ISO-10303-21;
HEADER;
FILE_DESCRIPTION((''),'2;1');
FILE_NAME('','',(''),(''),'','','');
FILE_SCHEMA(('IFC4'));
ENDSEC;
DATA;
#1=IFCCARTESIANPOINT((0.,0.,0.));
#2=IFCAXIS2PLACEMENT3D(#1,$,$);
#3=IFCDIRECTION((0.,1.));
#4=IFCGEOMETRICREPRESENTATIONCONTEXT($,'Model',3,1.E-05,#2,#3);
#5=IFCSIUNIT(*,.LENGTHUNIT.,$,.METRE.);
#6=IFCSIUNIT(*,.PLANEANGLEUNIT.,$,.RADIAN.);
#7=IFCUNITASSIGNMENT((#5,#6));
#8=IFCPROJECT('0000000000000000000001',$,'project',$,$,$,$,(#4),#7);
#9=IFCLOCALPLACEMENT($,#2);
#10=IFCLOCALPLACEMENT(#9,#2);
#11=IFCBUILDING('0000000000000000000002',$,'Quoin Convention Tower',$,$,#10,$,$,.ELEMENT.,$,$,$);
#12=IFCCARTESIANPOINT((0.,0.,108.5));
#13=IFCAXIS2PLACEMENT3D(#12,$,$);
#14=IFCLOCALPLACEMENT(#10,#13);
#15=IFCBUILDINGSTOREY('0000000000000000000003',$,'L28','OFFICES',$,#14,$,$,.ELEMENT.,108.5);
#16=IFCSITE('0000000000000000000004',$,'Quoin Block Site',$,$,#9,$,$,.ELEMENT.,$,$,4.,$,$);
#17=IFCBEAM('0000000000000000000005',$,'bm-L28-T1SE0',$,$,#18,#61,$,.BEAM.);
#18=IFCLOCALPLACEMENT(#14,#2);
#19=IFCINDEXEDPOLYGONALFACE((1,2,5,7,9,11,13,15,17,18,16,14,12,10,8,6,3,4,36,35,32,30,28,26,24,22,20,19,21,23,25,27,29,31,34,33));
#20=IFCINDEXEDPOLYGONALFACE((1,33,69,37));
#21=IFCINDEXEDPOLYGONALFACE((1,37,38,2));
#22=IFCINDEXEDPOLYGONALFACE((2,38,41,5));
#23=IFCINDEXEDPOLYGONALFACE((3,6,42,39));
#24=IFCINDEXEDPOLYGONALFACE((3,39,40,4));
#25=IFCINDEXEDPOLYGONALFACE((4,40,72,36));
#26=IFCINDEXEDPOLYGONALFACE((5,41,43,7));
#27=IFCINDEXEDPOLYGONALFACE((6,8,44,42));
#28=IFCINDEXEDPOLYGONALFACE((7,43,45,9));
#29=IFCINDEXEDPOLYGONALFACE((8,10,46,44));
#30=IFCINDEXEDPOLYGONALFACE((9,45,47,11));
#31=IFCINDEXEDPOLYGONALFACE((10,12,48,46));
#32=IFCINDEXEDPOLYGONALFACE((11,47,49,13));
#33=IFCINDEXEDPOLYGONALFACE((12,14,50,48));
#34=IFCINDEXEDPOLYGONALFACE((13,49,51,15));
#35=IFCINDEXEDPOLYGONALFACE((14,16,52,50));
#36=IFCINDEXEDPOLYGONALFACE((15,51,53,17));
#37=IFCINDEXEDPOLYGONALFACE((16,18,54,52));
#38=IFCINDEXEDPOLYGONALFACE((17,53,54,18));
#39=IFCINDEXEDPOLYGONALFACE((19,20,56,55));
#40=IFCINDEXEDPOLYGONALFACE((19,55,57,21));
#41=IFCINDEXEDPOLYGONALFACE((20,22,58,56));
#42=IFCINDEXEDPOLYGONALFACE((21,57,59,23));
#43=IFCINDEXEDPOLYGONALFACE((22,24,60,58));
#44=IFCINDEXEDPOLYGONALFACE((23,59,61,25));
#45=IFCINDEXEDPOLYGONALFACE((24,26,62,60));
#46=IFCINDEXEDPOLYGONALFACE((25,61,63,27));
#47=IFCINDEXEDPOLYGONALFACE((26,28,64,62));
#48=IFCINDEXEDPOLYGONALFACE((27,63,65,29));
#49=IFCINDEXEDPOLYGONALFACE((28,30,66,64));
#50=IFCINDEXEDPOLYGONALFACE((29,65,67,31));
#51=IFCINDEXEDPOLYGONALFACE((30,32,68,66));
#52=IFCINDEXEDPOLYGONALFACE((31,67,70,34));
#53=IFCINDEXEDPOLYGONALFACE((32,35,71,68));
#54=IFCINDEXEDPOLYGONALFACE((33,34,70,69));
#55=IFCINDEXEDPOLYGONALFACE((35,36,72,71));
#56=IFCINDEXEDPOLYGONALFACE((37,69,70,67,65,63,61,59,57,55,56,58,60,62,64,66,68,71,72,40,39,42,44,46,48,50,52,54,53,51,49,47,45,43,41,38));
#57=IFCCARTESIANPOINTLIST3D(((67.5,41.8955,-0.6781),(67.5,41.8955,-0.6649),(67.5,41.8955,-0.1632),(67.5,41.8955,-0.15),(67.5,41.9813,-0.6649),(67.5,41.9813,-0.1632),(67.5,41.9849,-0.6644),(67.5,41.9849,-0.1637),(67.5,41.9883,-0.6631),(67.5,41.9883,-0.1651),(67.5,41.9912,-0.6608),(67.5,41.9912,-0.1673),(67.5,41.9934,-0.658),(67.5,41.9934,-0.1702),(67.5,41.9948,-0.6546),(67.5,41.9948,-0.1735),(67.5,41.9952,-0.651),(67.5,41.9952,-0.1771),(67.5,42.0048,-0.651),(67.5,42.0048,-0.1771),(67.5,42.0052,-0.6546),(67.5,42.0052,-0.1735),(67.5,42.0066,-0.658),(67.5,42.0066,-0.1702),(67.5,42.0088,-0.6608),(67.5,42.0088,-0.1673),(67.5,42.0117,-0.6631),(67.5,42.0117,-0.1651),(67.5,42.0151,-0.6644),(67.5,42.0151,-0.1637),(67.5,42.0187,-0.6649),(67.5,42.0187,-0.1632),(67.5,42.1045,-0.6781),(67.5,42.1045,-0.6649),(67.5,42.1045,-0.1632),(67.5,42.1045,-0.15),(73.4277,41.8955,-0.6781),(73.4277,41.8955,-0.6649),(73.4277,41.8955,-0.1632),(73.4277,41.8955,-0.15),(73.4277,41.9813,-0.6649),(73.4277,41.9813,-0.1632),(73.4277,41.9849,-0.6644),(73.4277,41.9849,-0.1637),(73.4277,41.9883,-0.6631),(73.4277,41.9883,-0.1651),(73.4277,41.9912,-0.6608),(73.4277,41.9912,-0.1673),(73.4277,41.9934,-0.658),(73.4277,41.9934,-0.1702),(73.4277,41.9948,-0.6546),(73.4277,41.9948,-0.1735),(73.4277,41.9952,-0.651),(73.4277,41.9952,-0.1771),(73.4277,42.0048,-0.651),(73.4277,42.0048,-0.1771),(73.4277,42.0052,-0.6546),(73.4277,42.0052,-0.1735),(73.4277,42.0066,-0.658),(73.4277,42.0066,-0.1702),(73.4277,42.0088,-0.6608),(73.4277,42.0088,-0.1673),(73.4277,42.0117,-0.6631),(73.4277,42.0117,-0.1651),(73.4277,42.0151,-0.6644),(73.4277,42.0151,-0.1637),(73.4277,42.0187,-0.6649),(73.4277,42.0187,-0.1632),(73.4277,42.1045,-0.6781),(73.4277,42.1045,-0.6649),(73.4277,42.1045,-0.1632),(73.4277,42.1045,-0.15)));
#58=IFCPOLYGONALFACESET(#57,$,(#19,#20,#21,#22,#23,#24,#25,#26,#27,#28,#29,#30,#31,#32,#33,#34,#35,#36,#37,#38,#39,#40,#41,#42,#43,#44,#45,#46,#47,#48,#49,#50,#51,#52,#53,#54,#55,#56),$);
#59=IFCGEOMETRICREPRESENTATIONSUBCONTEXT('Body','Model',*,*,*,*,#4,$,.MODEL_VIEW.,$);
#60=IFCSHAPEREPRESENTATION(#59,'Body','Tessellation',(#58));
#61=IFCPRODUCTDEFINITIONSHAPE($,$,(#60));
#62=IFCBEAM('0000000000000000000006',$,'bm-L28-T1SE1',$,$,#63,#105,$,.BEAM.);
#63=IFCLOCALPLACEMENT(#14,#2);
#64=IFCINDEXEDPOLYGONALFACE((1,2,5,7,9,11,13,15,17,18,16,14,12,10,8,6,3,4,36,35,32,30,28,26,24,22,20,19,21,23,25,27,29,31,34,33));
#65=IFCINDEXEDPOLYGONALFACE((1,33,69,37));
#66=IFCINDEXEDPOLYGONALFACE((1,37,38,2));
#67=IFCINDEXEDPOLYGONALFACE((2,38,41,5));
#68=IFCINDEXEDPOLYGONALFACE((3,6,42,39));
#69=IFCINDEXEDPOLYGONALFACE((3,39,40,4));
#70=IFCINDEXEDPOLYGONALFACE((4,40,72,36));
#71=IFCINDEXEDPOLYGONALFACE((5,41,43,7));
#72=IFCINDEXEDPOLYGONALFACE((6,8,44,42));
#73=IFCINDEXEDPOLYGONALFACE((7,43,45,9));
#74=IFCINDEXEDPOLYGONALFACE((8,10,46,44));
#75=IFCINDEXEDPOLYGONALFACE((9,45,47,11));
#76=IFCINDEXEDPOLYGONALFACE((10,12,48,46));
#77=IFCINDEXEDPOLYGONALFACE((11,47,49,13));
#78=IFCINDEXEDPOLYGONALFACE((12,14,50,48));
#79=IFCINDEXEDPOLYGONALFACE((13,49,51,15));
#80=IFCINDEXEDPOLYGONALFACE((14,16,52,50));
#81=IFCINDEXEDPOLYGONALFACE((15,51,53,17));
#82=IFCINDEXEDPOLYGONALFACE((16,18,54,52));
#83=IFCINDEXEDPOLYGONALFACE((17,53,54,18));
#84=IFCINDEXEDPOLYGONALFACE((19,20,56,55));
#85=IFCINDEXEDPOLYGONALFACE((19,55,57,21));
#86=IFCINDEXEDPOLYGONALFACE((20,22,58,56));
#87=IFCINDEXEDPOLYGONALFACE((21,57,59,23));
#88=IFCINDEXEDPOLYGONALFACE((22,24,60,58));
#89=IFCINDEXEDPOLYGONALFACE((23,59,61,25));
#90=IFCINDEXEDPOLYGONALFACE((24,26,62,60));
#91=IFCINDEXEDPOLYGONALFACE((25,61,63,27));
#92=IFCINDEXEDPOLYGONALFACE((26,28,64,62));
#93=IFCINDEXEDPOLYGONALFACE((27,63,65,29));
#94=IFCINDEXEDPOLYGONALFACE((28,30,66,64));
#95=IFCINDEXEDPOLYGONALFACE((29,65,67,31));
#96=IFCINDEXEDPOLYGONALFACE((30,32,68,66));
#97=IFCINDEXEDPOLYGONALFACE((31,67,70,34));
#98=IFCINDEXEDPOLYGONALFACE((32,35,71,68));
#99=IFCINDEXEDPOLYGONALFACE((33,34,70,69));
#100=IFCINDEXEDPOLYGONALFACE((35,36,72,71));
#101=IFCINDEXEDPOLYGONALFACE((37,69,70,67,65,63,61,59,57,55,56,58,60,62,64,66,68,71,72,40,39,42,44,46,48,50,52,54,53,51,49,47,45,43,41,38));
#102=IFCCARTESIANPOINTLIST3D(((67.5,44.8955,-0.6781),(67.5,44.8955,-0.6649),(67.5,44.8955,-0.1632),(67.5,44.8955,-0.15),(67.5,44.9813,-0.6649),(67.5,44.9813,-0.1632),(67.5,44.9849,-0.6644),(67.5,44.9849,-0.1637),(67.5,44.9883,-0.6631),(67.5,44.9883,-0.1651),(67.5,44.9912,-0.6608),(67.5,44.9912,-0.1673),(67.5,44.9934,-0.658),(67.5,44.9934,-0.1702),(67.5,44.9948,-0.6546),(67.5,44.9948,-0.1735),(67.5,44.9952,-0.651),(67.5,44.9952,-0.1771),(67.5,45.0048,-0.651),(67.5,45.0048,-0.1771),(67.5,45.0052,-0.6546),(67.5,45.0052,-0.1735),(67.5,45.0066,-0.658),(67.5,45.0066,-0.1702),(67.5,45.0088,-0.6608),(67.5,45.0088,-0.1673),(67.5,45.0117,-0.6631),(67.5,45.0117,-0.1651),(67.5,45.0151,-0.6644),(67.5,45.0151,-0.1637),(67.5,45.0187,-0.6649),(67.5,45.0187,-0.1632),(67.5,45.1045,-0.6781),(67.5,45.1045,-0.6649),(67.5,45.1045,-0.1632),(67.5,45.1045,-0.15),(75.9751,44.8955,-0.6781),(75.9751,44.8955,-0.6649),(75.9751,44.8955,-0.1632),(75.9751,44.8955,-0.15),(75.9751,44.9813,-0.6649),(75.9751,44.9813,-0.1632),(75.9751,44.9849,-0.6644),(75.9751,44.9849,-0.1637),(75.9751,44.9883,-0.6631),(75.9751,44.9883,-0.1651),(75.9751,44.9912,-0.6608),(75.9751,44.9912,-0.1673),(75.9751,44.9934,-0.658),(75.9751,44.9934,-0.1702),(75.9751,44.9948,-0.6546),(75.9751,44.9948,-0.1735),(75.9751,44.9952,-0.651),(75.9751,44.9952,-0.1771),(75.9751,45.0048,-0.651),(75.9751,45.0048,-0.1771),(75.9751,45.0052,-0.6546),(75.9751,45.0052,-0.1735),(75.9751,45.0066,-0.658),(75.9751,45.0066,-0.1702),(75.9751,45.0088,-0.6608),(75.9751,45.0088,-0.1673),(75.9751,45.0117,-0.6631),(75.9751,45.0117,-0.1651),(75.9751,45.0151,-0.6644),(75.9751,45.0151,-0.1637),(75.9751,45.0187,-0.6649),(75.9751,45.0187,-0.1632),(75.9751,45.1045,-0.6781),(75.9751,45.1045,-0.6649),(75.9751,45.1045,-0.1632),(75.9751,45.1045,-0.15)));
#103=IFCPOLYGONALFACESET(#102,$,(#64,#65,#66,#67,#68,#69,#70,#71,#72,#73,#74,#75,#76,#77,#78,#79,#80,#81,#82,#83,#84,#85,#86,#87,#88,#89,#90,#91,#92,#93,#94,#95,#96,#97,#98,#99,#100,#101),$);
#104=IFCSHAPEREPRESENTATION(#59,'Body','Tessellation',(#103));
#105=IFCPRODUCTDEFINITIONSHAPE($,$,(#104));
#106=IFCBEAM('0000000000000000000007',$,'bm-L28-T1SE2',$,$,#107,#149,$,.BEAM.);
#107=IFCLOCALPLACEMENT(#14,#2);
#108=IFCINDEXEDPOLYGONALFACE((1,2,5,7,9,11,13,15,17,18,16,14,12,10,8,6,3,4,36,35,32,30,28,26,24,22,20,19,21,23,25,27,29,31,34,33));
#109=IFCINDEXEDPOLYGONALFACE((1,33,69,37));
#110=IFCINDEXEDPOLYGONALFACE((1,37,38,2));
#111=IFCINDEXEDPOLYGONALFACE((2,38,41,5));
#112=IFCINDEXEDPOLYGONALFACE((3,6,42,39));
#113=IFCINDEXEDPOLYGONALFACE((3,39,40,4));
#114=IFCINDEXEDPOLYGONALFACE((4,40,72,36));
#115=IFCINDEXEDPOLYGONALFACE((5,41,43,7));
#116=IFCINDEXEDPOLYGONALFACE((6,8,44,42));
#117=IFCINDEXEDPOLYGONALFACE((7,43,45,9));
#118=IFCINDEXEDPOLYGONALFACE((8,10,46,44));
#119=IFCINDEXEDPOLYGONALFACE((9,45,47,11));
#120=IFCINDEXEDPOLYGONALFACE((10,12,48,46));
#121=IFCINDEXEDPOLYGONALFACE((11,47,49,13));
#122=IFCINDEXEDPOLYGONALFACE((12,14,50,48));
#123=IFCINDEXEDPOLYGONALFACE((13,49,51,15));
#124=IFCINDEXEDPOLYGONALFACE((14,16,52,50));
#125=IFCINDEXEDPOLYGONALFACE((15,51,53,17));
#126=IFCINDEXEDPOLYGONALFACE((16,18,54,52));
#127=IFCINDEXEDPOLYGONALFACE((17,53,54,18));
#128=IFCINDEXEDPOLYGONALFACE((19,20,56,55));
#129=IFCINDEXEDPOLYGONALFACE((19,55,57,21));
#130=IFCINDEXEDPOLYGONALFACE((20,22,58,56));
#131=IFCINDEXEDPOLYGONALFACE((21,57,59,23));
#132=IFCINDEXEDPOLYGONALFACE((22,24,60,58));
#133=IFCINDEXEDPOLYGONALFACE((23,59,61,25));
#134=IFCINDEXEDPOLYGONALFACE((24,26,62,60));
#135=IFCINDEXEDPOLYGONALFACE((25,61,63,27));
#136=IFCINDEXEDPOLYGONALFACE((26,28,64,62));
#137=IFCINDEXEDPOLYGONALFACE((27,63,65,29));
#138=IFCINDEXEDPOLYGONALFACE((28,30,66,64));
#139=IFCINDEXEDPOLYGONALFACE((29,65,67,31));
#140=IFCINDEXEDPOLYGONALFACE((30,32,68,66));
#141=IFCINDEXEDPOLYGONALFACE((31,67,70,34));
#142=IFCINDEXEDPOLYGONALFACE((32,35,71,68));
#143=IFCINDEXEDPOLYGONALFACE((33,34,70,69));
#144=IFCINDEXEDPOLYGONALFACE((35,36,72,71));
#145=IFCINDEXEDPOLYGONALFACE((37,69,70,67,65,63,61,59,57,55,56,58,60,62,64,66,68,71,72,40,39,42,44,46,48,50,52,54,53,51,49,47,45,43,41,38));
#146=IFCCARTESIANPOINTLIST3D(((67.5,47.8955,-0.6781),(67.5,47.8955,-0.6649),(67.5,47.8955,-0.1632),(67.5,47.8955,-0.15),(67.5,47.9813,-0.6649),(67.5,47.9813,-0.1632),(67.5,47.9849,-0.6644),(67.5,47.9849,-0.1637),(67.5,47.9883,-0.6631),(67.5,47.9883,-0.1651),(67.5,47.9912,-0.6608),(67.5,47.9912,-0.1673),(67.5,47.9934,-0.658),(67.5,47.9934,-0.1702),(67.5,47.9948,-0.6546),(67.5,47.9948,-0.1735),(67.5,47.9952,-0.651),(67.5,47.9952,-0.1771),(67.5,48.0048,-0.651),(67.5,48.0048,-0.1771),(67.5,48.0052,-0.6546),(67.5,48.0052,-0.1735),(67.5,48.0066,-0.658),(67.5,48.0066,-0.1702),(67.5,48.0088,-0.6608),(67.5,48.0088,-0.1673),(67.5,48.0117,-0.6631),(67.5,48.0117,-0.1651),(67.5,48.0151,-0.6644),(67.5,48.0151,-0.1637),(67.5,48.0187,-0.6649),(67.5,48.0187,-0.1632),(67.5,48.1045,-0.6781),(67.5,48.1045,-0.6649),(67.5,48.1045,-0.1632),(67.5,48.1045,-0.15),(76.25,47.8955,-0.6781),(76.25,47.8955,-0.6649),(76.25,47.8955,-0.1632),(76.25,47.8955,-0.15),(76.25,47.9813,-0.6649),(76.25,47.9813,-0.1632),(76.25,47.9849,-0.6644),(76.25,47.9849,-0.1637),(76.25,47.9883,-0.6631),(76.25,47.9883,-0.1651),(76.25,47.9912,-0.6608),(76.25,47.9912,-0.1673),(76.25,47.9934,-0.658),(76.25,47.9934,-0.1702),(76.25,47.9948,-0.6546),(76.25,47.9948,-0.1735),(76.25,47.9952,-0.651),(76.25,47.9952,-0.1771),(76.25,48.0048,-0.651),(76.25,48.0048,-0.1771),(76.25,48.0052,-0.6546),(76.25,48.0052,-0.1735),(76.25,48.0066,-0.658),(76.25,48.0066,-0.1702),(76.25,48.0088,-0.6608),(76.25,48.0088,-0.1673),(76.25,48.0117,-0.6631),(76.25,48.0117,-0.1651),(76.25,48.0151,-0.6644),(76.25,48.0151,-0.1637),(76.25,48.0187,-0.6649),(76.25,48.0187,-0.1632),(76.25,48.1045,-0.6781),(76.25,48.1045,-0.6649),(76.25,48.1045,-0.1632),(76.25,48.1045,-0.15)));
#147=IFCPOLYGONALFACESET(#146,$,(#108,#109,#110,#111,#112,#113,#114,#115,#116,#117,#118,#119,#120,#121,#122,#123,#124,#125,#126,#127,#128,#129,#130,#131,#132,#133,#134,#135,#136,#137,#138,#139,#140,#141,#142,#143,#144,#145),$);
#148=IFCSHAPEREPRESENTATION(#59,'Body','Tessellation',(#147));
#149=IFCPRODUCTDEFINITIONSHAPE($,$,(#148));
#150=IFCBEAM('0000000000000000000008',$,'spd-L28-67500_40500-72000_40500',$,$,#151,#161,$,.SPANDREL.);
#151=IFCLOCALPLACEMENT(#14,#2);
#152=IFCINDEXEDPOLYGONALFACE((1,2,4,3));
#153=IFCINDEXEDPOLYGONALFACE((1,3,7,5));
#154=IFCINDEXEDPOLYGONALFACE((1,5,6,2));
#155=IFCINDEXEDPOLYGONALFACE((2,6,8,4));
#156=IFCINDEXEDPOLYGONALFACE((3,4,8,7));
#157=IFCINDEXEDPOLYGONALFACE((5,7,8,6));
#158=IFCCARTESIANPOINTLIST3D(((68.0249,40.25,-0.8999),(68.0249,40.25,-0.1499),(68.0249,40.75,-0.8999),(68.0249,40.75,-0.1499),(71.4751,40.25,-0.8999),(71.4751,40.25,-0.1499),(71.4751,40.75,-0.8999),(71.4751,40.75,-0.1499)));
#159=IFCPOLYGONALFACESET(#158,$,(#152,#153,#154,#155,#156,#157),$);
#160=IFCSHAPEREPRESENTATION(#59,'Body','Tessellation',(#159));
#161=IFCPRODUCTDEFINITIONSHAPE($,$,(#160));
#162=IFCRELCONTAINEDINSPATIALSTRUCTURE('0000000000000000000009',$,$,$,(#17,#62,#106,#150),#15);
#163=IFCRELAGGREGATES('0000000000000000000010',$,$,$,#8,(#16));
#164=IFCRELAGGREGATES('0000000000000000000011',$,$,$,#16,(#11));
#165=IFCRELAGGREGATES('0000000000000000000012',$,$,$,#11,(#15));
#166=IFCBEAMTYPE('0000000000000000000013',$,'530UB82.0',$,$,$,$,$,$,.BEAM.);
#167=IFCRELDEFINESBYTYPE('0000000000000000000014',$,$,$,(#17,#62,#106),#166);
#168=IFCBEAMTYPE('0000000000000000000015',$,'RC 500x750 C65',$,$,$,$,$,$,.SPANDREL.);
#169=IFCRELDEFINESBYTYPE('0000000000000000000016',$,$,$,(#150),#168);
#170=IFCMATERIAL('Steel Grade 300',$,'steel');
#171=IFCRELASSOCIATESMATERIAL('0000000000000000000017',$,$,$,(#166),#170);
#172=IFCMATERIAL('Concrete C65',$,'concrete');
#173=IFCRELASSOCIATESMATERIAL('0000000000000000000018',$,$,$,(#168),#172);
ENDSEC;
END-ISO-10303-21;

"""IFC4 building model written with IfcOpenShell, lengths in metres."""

from ifc_helpers import new_model, si_unit, direction, frame, origin, origin_2d, place, context, subcontext, project, spatial, rectangle, i_section, extrude, material, material_profile, profile_set, type_object, element, save


model = new_model("IFC4")

# Units and contexts
model_context = context("Model", 3, precision=1e-05, world=origin(), true_north=direction((0.0, 1.0)))
body_context = subcontext(model_context, "Body", "Model", "MODEL_VIEW")
ifc_project = project(units=[si_unit("LENGTHUNIT", "METRE"), si_unit("PLANEANGLEUNIT", "RADIAN")], contexts=[model_context])

# Site, building, storey
site_placement = place(None, origin())
site = spatial("IfcSite", under=ifc_project, at=site_placement, Name="Quoin Block Site", CompositionType="ELEMENT", RefElevation=4.0)
building_placement = place(site_placement, origin())
building = spatial("IfcBuilding", under=site, at=building_placement, Name="Quoin Convention Tower", CompositionType="ELEMENT")
storey_placement = place(building_placement, frame((0.0, 0.0, 108.5)))
storey = spatial("IfcBuildingStorey", under=building, at=storey_placement, Name="L28", Description="OFFICES", CompositionType="ELEMENT", Elevation=108.5)

# Shared definitions
ifc_material_1 = material(Name="Concrete C65", Category="concrete")

# Beams
ifc_material_2 = material(Name="Steel Grade 300", Category="steel")
ifc_material_profile_1 = material_profile(ifc_material_2, i_section(OverallWidth=0.209, OverallDepth=0.5281, WebThickness=0.0095, FlangeThickness=0.0132, FilletRadius=0.0139, at=origin_2d()), Name="530UB82.0")
ifc_profile_set_1 = profile_set([ifc_material_profile_1], Name="Steel Grade 300")
beam_type_1 = type_object("IfcBeamType", Name="530UB82.0", PredefinedType="BEAM", material=ifc_profile_set_1)
beam_1_placement = place(storey_placement, frame((67.5, 42.0, -0.4141), z_axis=(1.0, 0.0, 0.0), x_axis=(0.0, 1.0, 0.0)))
element("IfcBeam", 1, at=beam_1_placement, inside=storey, type_object=beam_type_1, Name="bm-L28-T1SE0", PredefinedType="BEAM", context=body_context, shape_type="SweptSolid", body=[
    extrude(i_section(OverallWidth=0.209, OverallDepth=0.5281, WebThickness=0.0095, FlangeThickness=0.0132, FilletRadius=0.0139, at=origin_2d()), origin(), (0.0, 0.0, 1.0), 5.9277),
])
beam_2_placement = place(storey_placement, frame((67.5, 45.0, -0.4141), z_axis=(1.0, 0.0, 0.0), x_axis=(0.0, 1.0, 0.0)))
element("IfcBeam", 2, at=beam_2_placement, inside=storey, type_object=beam_type_1, Name="bm-L28-T1SE1", PredefinedType="BEAM", context=body_context, shape_type="SweptSolid", body=[
    extrude(i_section(OverallWidth=0.209, OverallDepth=0.5281, WebThickness=0.0095, FlangeThickness=0.0132, FilletRadius=0.0139, at=origin_2d()), origin(), (0.0, 0.0, 1.0), 8.4751),
])
beam_3_placement = place(storey_placement, frame((67.5, 48.0, -0.4141), z_axis=(1.0, 0.0, 0.0), x_axis=(0.0, 1.0, 0.0)))
element("IfcBeam", 3, at=beam_3_placement, inside=storey, type_object=beam_type_1, Name="bm-L28-T1SE2", PredefinedType="BEAM", context=body_context, shape_type="SweptSolid", body=[
    extrude(i_section(OverallWidth=0.209, OverallDepth=0.5281, WebThickness=0.0095, FlangeThickness=0.0132, FilletRadius=0.0139, at=origin_2d()), origin(), (0.0, 0.0, 1.0), 8.75),
])
ifc_material_profile_2 = material_profile(ifc_material_1, rectangle(XDim=0.5, YDim=0.75, at=origin_2d()), Name="RC 500x750")
ifc_profile_set_2 = profile_set([ifc_material_profile_2], Name="Concrete C65")
beam_type_2 = type_object("IfcBeamType", Name="RC 500x750 C65", PredefinedType="SPANDREL", material=ifc_profile_set_2)
beam_4_placement = place(storey_placement, frame((68.0249, 40.5, -0.5249), z_axis=(1.0, 0.0, 0.0), x_axis=(0.0, 1.0, 0.0)))
element("IfcBeam", 4, at=beam_4_placement, inside=storey, type_object=beam_type_2, Name="spd-L28-67500_40500-72000_40500", PredefinedType="SPANDREL", context=body_context, shape_type="SweptSolid", body=[
    extrude(rectangle(XDim=0.5, YDim=0.75, at=origin_2d()), origin(), (0.0, 0.0, 1.0), 3.4502),
])

save(model, "model.ifc")
